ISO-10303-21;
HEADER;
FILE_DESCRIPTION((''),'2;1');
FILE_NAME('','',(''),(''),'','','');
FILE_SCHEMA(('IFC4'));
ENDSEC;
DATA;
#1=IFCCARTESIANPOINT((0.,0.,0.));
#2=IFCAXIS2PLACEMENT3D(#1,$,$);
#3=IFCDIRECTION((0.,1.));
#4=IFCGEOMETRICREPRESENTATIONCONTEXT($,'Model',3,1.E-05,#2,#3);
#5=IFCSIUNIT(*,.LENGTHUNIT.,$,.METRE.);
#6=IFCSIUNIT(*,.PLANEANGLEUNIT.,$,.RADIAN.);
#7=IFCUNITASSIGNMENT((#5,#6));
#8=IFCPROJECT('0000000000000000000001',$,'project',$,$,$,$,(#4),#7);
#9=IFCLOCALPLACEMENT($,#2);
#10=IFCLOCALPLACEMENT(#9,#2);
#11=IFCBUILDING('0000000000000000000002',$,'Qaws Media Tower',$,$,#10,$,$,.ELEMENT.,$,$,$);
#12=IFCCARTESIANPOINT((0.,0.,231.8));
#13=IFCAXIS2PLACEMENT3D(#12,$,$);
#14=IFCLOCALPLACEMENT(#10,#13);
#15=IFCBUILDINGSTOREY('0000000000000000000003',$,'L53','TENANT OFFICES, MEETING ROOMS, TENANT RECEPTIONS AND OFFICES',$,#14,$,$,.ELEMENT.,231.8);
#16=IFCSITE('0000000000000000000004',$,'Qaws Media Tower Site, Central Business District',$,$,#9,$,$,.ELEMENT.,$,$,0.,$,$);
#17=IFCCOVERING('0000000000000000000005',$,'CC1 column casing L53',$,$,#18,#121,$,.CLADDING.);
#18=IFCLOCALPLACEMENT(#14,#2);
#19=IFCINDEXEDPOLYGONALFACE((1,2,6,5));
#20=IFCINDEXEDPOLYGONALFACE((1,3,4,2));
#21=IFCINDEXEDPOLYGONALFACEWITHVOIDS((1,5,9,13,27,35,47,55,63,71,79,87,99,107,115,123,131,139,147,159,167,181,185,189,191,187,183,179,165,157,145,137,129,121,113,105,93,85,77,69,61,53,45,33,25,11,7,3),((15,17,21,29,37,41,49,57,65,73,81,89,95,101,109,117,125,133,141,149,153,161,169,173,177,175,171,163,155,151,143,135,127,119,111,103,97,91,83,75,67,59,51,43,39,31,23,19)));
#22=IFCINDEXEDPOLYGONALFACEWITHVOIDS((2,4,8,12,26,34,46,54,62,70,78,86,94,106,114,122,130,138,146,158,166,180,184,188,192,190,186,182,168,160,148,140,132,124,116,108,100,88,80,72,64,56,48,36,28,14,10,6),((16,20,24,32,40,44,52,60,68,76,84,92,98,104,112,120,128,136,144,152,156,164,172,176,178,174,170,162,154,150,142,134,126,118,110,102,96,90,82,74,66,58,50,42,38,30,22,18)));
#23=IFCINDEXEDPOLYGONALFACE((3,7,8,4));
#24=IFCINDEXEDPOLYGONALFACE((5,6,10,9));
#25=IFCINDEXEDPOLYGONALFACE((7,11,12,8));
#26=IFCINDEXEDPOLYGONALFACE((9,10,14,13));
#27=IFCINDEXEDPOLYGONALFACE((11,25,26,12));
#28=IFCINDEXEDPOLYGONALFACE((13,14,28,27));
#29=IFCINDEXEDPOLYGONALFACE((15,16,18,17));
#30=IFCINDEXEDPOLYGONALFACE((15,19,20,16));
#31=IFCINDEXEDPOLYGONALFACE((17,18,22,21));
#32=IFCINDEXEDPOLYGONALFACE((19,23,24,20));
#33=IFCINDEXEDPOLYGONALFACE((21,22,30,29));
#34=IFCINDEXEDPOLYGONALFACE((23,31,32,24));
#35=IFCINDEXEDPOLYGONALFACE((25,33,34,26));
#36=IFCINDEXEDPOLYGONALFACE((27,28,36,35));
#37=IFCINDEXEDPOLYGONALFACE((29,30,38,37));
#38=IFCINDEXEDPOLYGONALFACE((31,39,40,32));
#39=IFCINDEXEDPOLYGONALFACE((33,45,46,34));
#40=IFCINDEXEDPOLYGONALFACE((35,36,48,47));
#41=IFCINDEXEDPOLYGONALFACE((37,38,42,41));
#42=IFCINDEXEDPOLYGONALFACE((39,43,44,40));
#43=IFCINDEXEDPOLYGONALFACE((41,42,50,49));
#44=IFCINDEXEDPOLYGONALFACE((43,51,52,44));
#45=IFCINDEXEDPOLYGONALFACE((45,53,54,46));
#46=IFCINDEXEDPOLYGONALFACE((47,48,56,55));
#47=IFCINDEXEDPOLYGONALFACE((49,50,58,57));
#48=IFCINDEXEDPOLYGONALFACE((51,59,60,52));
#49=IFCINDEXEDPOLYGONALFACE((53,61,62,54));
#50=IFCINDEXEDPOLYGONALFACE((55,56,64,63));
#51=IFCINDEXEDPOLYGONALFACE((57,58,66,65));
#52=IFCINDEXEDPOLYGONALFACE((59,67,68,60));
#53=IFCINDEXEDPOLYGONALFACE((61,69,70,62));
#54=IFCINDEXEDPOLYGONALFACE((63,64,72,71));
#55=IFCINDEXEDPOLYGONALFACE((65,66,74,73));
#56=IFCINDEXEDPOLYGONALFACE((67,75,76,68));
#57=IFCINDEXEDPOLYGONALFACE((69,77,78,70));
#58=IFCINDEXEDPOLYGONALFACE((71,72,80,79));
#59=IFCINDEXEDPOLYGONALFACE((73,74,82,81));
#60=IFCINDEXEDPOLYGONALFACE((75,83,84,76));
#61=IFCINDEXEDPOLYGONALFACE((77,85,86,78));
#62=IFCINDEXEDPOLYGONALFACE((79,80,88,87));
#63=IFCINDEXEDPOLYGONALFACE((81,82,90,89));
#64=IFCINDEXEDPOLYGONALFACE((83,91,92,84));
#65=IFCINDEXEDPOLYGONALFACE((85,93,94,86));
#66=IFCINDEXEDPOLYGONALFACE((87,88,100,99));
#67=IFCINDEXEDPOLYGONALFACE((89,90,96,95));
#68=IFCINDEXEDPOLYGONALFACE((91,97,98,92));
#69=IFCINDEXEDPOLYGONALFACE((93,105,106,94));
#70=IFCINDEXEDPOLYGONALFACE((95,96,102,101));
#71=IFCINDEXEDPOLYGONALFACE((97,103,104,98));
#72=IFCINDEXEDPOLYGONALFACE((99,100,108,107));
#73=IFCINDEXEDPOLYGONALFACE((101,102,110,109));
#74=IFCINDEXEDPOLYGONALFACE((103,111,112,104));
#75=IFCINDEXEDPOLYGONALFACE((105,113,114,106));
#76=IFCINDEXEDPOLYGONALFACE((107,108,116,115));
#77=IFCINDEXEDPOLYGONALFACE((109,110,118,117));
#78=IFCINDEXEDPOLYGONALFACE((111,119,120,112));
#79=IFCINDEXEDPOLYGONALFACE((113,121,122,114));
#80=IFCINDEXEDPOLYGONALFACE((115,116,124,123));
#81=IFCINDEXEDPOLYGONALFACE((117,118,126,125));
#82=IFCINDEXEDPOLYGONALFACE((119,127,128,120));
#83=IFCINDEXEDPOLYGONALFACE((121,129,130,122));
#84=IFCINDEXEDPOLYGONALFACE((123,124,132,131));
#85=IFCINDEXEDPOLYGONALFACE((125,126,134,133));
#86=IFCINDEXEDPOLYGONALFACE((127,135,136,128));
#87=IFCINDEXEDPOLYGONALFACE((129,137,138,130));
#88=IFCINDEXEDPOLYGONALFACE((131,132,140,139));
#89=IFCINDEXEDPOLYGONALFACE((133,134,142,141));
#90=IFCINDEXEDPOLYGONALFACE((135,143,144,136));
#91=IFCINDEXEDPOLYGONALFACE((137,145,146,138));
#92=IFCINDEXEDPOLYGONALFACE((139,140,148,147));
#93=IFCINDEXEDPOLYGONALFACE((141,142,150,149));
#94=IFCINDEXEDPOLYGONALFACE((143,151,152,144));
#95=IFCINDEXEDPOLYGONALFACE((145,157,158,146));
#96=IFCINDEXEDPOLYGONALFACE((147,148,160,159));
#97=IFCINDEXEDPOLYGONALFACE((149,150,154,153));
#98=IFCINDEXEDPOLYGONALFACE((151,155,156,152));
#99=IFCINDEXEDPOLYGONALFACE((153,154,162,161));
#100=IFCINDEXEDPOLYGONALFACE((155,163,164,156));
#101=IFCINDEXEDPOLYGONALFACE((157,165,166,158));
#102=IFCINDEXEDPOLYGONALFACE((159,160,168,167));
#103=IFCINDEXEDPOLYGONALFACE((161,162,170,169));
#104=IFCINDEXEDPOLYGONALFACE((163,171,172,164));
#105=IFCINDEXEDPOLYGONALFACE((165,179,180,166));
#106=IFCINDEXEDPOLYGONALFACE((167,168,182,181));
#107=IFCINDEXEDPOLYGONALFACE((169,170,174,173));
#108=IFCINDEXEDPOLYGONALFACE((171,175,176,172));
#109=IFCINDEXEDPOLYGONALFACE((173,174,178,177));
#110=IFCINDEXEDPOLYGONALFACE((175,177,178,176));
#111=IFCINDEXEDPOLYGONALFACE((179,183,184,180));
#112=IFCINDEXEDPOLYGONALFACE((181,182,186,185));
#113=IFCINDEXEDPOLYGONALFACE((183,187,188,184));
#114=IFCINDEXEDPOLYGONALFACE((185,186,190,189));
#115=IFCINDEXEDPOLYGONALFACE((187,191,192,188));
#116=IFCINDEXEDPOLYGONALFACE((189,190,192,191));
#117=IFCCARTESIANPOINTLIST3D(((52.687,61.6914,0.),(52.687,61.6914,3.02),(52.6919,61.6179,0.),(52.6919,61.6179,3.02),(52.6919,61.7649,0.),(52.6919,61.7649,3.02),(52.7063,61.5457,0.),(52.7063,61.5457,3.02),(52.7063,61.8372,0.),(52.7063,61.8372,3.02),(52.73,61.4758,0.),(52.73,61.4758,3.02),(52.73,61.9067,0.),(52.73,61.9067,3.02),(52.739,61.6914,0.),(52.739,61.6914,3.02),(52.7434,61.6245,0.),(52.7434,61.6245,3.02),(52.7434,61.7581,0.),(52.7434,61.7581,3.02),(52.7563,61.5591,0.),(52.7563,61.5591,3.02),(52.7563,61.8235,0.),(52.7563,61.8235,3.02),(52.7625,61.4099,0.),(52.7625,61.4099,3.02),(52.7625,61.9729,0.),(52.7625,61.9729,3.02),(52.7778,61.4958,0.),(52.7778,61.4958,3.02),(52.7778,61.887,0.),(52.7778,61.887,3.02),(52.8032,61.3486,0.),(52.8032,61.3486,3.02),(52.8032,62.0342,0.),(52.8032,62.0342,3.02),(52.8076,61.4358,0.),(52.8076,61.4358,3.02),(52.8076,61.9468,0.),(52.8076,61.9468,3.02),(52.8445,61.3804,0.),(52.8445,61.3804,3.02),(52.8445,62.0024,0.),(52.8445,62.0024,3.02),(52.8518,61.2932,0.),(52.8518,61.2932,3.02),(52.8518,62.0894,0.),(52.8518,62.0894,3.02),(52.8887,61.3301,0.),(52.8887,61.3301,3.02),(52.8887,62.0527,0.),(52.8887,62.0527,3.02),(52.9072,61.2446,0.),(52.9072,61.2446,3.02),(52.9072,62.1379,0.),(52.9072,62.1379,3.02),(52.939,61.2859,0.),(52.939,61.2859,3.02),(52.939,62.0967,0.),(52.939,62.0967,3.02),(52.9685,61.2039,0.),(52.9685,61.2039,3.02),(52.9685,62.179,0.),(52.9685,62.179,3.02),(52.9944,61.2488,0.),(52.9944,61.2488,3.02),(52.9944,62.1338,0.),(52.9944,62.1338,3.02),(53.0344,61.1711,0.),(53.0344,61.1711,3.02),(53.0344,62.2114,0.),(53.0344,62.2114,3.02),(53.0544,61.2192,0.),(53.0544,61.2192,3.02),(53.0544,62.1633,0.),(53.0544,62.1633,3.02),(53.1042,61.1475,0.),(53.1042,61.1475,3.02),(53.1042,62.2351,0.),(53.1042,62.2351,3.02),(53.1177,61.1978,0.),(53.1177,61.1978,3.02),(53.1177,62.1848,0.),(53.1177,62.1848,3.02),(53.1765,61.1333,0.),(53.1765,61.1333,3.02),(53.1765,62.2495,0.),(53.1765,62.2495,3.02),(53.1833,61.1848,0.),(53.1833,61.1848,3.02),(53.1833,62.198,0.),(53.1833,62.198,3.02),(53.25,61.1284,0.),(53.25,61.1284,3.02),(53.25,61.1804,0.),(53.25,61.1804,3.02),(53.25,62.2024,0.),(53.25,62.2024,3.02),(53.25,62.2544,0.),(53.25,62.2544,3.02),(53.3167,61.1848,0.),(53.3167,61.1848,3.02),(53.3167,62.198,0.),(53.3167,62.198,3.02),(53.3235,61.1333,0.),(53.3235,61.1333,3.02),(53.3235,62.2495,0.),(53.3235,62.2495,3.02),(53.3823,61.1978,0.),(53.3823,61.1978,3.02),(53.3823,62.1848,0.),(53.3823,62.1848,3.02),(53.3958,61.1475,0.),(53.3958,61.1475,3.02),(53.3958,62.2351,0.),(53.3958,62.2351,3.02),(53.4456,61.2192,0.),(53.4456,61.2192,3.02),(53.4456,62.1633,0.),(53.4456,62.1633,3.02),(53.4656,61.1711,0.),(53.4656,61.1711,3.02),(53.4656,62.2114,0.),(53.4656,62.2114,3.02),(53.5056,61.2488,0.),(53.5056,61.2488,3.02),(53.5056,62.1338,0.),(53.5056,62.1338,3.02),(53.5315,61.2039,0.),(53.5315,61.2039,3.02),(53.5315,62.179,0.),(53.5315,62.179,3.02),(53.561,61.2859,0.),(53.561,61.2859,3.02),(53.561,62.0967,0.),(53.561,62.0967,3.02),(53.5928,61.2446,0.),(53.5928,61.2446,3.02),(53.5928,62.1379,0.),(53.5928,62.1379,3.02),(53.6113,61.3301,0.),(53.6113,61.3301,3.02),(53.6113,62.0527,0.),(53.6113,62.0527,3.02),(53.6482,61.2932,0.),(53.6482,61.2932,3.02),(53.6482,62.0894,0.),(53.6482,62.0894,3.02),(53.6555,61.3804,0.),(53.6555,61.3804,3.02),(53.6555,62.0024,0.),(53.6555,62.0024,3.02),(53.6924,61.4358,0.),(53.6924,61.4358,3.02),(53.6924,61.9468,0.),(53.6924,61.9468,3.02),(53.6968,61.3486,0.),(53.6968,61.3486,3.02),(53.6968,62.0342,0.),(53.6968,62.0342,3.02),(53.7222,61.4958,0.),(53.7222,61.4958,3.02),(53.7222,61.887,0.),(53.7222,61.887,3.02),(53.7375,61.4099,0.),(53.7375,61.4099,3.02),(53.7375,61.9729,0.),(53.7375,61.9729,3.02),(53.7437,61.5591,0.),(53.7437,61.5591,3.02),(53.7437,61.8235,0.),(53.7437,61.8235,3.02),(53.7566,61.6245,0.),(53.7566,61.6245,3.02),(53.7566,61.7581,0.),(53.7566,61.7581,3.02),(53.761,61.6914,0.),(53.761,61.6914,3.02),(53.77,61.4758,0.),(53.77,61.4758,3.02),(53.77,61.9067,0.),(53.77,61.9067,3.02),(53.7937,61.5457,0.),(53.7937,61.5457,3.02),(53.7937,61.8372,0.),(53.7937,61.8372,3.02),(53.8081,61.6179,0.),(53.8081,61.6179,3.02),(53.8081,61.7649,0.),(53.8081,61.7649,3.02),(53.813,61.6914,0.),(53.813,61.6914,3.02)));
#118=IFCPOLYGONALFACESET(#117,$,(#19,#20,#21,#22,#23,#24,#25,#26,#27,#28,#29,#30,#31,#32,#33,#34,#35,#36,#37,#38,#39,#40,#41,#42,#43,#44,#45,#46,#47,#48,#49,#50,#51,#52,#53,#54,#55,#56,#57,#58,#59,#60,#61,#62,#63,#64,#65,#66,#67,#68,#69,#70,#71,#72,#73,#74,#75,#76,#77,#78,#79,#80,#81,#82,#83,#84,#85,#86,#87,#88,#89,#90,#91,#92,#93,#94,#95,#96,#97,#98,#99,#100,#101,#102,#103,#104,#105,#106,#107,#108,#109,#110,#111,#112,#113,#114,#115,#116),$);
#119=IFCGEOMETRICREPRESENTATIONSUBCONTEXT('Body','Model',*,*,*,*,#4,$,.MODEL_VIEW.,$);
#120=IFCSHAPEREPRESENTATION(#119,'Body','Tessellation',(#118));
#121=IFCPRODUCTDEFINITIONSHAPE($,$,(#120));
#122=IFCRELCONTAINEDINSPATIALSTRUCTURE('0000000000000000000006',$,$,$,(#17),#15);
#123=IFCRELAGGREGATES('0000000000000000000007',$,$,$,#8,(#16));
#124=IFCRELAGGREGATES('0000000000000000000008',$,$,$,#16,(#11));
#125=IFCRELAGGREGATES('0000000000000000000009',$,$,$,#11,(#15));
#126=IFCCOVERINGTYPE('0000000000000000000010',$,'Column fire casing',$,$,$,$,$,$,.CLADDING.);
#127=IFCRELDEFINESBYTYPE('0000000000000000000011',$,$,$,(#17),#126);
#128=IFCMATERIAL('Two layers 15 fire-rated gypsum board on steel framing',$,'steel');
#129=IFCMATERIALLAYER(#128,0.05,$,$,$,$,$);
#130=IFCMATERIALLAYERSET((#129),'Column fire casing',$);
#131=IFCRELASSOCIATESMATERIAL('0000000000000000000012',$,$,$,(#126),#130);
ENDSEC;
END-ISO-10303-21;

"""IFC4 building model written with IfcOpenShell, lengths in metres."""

from ifc_helpers import new_model, si_unit, direction, frame, origin, place, context, subcontext, project, spatial, polyline, outline, extrude, material, layer, layer_set, type_object, element, save


model = new_model("IFC4")

# Units and contexts
model_context = context("Model", 3, precision=1e-05, world=origin(), true_north=direction((0.0, 1.0)))
body_context = subcontext(model_context, "Body", "Model", "MODEL_VIEW")
ifc_project = project(units=[si_unit("LENGTHUNIT", "METRE"), si_unit("PLANEANGLEUNIT", "RADIAN")], contexts=[model_context])

# Site, building, storey
site_placement = place(None, origin())
site = spatial("IfcSite", under=ifc_project, at=site_placement, Name="Qaws Media Tower Site, Central Business District", CompositionType="ELEMENT", RefElevation=0.0)
building_placement = place(site_placement, origin())
building = spatial("IfcBuilding", under=site, at=building_placement, Name="Qaws Media Tower", CompositionType="ELEMENT")
storey_placement = place(building_placement, frame((0.0, 0.0, 231.8)))
storey = spatial("IfcBuildingStorey", under=building, at=storey_placement, Name="L53", Description="TENANT OFFICES, MEETING ROOMS, TENANT RECEPTIONS AND OFFICES", CompositionType="ELEMENT", Elevation=231.8)

# Covering
ifc_material_1 = material(Name="Two layers 15 fire-rated gypsum board on steel framing", Category="steel")
ifc_layer_1 = layer(ifc_material_1, 0.05)
ifc_layer_set_1 = layer_set([ifc_layer_1], Name="Column fire casing")
covering_type = type_object("IfcCoveringType", Name="Column fire casing", PredefinedType="CLADDING", material=ifc_layer_set_1)
covering_placement = place(storey_placement, origin())
element("IfcCovering", 1, at=covering_placement, inside=storey, type_object=covering_type, Name="CC1 column casing L53", PredefinedType="CLADDING", context=body_context, shape_type="SweptSolid", body=[
    extrude(outline(polyline([(53.813, 61.6914), (53.8081, 61.6179), (53.7937, 61.5457), (53.77, 61.4758), (53.7375, 61.4099), (53.6968, 61.3486), (53.6482, 61.2932), (53.5928, 61.2446), (53.5315, 61.2039), (53.4656, 61.1711), (53.3958, 61.1475), (53.3235, 61.1333), (53.25, 61.1284), (53.1765, 61.1333), (53.1042, 61.1475), (53.0344, 61.1711), (52.9685, 61.2039), (52.9072, 61.2446), (52.8518, 61.2932), (52.8032, 61.3486), (52.7625, 61.4099), (52.73, 61.4758), (52.7063, 61.5457), (52.6919, 61.6179), (52.687, 61.6914), (52.6919, 61.7649), (52.7063, 61.8372), (52.73, 61.9067), (52.7625, 61.9729), (52.8032, 62.0342), (52.8518, 62.0894), (52.9072, 62.1379), (52.9685, 62.179), (53.0344, 62.2114), (53.1042, 62.2351), (53.1765, 62.2495), (53.25, 62.2544), (53.3235, 62.2495), (53.3958, 62.2351), (53.4656, 62.2114), (53.5315, 62.179), (53.5928, 62.1379), (53.6482, 62.0894), (53.6968, 62.0342), (53.7375, 61.9729), (53.77, 61.9067), (53.7937, 61.8372), (53.8081, 61.7649), (53.813, 61.6914)]), holes=[polyline([(53.761, 61.6914), (53.7566, 61.6245), (53.7437, 61.5591), (53.7222, 61.4958), (53.6924, 61.4358), (53.6555, 61.3804), (53.6113, 61.3301), (53.561, 61.2859), (53.5056, 61.2488), (53.4456, 61.2192), (53.3823, 61.1978), (53.3167, 61.1848), (53.25, 61.1804), (53.1833, 61.1848), (53.1177, 61.1978), (53.0544, 61.2192), (52.9944, 61.2488), (52.939, 61.2859), (52.8887, 61.3301), (52.8445, 61.3804), (52.8076, 61.4358), (52.7778, 61.4958), (52.7563, 61.5591), (52.7434, 61.6245), (52.739, 61.6914), (52.7434, 61.7581), (52.7563, 61.8235), (52.7778, 61.887), (52.8076, 61.9468), (52.8445, 62.0024), (52.8887, 62.0527), (52.939, 62.0967), (52.9944, 62.1338), (53.0544, 62.1633), (53.1177, 62.1848), (53.1833, 62.198), (53.25, 62.2024), (53.3167, 62.198), (53.3823, 62.1848), (53.4456, 62.1633), (53.5056, 62.1338), (53.561, 62.0967), (53.6113, 62.0527), (53.6555, 62.0024), (53.6924, 61.9468), (53.7222, 61.887), (53.7437, 61.8235), (53.7566, 61.7581), (53.761, 61.6914)])]), origin(), (0.0, 0.0, 1.0), 3.02),
])

save(model, "model.ifc")
